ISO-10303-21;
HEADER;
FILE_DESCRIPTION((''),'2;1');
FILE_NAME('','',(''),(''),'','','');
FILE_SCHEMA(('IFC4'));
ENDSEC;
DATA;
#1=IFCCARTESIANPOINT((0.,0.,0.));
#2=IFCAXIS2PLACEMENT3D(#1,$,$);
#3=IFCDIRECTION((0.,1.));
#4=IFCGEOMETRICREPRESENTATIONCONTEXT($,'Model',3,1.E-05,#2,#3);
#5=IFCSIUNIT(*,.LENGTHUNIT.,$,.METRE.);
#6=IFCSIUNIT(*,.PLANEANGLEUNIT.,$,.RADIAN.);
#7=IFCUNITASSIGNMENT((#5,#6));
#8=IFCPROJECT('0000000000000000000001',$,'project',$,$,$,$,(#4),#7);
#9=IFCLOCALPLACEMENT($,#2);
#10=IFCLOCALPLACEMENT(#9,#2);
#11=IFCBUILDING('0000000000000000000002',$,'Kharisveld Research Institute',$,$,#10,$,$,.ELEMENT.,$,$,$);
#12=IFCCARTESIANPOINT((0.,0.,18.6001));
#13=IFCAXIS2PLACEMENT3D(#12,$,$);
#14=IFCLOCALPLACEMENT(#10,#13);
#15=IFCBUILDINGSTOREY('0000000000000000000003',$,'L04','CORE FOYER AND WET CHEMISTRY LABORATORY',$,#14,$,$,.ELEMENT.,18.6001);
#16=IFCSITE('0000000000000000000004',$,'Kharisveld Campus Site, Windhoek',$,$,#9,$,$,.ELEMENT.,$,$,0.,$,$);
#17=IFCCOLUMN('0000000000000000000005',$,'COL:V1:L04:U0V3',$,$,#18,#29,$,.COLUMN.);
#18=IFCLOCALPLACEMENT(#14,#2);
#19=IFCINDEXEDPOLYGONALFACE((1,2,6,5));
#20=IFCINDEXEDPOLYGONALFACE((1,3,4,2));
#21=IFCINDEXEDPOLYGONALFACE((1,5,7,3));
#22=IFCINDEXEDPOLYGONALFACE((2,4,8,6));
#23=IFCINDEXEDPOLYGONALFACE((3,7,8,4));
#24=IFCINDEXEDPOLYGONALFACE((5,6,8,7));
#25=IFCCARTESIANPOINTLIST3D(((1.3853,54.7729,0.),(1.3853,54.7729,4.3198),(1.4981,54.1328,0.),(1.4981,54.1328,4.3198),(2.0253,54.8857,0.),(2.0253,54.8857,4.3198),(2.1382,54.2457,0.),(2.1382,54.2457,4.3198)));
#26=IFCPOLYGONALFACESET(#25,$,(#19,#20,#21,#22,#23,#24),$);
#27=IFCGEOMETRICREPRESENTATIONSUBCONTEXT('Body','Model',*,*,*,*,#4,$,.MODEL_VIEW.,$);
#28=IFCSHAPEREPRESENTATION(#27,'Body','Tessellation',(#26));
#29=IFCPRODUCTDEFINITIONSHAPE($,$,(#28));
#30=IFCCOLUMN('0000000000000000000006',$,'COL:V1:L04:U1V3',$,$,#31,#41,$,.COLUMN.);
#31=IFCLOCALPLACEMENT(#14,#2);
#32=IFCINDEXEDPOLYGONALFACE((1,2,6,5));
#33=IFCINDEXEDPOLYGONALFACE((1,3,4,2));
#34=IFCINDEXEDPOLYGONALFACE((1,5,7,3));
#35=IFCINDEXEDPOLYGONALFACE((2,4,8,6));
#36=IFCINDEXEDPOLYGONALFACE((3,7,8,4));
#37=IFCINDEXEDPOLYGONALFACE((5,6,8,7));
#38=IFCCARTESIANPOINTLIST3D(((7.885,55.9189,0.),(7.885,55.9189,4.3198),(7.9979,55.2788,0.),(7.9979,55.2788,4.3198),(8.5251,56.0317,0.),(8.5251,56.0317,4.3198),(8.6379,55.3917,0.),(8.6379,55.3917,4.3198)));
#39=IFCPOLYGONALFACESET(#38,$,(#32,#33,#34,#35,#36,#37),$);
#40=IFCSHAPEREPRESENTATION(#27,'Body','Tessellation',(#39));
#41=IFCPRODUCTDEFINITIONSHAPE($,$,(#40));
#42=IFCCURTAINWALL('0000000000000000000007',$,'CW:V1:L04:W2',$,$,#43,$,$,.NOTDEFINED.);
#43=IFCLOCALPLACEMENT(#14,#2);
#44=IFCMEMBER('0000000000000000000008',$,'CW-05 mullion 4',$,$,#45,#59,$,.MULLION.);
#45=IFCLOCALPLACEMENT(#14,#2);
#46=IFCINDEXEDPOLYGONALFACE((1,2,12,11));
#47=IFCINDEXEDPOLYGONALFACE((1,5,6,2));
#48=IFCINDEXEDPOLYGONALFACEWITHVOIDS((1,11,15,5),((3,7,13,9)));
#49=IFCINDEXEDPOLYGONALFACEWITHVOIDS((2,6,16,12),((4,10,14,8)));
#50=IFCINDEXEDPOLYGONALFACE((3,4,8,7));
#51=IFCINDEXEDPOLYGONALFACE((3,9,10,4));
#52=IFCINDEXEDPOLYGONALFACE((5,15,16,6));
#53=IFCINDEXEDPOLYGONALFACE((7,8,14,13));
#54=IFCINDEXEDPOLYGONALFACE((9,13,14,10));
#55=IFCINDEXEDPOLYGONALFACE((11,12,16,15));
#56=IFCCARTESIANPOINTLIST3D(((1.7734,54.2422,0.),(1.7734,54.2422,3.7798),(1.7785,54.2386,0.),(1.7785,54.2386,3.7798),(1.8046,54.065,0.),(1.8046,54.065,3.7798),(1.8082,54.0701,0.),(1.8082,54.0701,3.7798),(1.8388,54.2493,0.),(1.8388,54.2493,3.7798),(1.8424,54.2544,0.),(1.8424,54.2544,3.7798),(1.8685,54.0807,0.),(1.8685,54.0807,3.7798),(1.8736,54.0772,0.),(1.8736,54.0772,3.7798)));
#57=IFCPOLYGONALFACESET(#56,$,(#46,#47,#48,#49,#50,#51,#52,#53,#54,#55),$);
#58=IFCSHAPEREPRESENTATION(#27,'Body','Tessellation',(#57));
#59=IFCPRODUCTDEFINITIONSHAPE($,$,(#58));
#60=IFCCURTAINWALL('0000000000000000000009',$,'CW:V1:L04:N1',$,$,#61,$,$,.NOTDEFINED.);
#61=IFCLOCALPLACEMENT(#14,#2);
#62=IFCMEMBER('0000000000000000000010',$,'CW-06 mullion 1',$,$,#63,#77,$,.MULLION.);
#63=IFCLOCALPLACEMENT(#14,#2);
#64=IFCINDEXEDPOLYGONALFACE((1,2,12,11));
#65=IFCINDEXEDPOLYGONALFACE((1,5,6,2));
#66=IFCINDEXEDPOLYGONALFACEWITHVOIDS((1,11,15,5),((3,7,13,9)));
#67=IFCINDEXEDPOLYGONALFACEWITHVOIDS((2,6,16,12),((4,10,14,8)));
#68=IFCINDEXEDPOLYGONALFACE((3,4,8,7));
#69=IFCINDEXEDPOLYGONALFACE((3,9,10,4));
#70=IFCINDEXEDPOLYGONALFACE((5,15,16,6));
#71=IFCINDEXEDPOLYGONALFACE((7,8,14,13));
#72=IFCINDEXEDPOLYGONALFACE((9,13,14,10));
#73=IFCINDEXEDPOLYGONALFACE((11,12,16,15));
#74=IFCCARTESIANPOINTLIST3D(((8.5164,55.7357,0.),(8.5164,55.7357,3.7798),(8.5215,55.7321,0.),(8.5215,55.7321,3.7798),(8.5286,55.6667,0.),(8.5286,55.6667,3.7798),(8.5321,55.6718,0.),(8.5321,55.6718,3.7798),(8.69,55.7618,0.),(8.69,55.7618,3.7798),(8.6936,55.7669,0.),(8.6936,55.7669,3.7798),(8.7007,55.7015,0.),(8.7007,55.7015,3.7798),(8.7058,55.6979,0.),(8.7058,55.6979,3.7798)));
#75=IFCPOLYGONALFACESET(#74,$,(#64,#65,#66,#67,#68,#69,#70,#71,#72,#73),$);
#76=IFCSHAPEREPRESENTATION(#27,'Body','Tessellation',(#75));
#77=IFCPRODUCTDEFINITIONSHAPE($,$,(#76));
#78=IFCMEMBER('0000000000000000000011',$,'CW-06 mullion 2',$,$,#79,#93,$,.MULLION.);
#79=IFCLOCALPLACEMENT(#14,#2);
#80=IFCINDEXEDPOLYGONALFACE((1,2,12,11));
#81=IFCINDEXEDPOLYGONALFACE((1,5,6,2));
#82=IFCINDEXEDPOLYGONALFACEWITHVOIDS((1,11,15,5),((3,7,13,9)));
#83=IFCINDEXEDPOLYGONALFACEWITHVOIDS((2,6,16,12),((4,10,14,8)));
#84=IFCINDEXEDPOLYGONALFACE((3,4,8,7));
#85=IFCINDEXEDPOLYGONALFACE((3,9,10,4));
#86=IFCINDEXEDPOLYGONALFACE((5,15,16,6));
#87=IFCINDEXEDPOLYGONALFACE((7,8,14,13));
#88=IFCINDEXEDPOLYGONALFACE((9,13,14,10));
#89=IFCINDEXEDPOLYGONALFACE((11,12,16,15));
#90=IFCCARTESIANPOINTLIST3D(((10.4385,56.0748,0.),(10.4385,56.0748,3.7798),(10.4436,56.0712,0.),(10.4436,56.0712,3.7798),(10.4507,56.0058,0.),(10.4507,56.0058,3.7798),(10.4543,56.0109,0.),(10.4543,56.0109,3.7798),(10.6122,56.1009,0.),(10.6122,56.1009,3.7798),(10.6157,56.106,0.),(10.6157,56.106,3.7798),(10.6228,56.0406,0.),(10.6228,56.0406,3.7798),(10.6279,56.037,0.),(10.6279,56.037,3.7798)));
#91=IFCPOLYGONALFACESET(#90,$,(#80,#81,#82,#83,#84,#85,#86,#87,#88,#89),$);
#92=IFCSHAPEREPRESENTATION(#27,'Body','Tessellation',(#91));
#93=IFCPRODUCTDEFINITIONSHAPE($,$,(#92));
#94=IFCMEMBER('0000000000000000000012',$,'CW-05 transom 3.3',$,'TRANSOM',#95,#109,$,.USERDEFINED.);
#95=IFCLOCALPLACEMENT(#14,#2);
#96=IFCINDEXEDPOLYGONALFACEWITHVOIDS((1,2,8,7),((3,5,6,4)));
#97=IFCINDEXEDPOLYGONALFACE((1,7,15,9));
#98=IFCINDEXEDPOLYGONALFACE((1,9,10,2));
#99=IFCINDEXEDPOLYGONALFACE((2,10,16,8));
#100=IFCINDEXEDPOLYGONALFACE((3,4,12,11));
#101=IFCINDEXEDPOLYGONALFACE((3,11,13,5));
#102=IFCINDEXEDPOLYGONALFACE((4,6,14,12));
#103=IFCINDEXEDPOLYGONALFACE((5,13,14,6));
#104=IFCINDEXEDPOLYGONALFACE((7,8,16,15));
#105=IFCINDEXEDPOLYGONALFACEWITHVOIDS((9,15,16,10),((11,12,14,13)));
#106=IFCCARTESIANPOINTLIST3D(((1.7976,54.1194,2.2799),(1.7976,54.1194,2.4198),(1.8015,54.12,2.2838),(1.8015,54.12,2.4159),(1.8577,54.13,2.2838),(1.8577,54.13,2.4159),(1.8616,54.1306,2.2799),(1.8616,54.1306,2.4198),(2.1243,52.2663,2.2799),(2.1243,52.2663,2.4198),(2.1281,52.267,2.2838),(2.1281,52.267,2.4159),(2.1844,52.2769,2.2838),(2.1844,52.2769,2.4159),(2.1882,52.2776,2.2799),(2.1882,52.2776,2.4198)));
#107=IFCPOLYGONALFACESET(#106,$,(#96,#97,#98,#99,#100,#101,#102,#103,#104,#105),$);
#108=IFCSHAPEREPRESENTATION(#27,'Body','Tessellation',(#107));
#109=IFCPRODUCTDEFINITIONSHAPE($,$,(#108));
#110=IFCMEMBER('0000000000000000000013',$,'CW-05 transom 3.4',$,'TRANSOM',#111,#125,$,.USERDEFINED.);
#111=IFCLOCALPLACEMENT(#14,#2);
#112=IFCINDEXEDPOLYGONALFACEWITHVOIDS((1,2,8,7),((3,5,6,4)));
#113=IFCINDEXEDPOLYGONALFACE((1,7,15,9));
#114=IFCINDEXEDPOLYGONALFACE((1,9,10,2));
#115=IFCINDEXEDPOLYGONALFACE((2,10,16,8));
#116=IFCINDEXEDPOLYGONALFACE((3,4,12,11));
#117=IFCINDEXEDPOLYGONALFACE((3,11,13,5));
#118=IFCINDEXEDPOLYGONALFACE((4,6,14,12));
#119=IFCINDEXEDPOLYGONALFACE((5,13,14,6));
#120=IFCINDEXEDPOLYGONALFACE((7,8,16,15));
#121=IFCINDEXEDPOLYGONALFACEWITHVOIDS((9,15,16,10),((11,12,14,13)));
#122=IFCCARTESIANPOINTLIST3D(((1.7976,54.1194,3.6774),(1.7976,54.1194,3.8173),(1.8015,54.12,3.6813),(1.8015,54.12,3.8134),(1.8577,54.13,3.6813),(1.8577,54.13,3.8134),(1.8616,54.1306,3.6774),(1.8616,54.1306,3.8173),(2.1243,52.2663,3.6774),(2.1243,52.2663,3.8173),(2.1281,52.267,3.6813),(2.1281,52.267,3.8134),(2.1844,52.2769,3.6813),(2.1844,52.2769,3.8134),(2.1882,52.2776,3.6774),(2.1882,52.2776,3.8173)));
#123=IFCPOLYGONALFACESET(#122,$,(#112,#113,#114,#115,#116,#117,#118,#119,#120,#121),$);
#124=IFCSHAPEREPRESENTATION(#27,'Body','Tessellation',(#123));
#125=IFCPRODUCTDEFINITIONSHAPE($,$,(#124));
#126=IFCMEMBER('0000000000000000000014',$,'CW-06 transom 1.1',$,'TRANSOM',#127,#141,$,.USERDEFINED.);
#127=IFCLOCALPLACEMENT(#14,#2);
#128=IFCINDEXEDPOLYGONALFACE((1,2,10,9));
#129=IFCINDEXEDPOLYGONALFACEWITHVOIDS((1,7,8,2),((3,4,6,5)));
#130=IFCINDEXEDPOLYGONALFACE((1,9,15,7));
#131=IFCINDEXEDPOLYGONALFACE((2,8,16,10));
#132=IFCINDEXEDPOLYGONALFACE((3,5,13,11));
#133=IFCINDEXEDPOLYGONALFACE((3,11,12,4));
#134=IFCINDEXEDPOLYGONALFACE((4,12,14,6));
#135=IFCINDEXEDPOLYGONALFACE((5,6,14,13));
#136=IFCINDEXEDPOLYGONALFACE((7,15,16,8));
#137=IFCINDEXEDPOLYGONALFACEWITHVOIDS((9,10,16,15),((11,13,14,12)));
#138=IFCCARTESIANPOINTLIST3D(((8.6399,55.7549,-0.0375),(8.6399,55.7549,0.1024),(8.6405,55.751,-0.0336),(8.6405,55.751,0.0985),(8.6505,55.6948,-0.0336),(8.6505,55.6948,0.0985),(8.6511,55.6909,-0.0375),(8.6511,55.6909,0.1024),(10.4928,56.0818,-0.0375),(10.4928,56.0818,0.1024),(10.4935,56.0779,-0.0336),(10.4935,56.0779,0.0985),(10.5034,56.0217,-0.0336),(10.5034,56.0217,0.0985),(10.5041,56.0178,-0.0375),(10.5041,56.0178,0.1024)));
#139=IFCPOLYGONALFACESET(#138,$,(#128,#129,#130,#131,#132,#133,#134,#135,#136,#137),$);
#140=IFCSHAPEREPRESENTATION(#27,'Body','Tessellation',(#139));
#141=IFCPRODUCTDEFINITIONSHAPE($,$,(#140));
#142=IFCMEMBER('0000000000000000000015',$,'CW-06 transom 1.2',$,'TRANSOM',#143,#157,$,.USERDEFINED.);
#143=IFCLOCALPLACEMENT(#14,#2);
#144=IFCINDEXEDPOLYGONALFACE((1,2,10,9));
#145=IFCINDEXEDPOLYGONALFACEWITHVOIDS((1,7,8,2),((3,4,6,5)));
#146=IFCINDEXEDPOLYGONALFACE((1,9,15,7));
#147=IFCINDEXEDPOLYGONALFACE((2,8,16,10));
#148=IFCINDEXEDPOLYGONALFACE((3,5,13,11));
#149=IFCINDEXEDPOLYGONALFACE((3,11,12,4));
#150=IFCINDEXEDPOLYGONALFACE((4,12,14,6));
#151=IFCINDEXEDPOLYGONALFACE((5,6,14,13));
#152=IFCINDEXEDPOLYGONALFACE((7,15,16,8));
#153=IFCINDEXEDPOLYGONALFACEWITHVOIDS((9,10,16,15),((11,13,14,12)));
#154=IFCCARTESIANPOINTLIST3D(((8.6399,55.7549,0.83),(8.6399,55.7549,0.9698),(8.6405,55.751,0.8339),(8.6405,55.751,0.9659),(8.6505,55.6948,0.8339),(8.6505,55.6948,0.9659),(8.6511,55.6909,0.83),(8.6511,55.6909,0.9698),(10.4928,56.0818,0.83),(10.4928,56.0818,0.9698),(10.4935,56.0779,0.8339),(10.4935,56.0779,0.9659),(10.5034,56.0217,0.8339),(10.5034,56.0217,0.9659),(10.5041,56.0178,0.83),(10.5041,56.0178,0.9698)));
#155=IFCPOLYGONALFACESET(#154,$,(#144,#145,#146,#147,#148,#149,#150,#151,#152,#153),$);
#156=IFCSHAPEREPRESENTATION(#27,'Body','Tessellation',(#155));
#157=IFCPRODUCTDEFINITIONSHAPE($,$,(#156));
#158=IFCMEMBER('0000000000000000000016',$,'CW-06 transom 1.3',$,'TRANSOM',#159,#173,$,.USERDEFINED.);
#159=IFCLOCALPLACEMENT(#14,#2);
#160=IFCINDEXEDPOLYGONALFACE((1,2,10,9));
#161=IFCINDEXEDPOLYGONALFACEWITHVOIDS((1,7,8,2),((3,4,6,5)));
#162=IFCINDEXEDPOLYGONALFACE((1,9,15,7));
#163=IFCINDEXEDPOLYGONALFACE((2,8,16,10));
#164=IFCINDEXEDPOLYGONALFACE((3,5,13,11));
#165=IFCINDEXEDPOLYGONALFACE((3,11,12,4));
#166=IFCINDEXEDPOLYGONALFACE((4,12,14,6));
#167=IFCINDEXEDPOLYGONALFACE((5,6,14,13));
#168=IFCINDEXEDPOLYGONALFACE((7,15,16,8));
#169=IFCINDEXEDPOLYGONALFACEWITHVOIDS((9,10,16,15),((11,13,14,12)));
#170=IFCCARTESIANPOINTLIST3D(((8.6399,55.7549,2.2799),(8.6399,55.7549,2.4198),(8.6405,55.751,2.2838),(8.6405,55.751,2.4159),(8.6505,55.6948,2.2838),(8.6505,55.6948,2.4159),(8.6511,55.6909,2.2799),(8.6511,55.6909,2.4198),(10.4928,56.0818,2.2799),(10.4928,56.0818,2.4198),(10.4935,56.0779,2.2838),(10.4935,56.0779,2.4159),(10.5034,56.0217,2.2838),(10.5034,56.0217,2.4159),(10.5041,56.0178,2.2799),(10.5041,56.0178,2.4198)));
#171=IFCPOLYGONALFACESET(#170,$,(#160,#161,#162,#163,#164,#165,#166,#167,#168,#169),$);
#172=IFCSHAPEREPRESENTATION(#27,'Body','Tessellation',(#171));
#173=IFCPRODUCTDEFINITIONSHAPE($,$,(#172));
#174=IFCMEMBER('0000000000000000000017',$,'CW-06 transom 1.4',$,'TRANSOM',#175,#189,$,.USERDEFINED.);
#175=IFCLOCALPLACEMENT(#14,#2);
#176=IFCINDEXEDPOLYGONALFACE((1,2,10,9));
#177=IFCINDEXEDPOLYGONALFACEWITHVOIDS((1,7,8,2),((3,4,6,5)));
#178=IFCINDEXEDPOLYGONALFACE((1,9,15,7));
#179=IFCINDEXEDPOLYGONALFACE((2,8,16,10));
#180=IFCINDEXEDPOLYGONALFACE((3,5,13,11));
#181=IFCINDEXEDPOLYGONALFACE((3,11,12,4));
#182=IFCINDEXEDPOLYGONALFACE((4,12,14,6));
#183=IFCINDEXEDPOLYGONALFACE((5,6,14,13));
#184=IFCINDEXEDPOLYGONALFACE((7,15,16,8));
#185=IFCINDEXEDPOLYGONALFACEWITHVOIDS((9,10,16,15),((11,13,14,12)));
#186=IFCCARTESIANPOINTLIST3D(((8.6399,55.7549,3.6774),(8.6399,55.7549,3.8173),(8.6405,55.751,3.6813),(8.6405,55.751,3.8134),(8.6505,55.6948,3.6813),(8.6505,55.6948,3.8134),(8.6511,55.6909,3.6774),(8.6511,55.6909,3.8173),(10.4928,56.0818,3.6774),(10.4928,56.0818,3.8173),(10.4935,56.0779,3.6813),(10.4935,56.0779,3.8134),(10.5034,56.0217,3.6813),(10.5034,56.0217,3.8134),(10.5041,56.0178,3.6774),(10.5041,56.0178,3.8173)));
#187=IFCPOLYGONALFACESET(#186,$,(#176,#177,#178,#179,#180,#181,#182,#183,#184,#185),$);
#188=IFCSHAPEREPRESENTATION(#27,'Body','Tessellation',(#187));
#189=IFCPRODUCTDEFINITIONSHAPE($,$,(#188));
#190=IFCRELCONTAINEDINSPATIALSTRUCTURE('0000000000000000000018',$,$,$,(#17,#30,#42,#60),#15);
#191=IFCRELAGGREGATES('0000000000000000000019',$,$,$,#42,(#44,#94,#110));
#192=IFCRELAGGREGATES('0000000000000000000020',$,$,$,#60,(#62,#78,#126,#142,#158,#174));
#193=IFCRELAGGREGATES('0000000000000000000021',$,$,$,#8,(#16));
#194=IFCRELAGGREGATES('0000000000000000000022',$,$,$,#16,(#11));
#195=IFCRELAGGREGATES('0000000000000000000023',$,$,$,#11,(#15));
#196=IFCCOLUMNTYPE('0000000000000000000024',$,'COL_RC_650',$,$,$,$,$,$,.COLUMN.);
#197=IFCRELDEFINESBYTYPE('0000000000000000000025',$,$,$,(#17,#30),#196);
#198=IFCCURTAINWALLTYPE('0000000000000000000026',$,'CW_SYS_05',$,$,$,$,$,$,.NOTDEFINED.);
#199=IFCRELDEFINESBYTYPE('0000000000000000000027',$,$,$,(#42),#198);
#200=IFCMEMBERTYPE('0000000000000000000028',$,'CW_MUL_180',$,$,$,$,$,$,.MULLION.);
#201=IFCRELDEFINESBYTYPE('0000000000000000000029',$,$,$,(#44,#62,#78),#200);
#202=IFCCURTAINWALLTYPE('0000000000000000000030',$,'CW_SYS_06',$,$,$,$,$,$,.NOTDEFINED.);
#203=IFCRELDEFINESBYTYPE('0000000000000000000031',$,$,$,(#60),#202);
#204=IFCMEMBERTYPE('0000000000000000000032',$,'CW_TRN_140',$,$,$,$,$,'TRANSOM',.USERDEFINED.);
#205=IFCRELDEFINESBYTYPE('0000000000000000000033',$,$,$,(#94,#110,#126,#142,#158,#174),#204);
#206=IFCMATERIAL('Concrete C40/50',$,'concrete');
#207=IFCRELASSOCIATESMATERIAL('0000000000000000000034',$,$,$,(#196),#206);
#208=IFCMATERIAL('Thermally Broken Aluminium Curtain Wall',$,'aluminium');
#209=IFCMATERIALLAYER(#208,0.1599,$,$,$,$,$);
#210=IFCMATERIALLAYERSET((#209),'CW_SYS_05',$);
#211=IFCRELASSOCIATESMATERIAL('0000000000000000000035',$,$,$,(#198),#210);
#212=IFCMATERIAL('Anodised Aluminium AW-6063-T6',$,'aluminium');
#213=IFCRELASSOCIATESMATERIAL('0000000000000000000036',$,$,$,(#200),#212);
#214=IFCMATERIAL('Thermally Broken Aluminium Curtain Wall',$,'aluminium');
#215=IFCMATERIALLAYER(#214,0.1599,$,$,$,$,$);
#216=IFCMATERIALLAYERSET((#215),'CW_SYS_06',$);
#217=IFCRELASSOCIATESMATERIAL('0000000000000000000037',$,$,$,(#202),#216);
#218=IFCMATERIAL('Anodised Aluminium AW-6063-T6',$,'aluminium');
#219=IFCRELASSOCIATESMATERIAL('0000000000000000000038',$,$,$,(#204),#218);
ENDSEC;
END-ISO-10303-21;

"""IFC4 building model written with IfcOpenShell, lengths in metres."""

from ifc_helpers import new_model, si_unit, direction, frame, origin, origin_2d, place, context, subcontext, project, spatial, rectangle, hollow_rectangle, extrude, material, layer, layer_set, material_profile, profile_set, type_object, element, aggregate, save


model = new_model("IFC4")

# Units and contexts
model_context = context("Model", 3, precision=1e-05, world=origin(), true_north=direction((0.0, 1.0)))
body_context = subcontext(model_context, "Body", "Model", "MODEL_VIEW")
ifc_project = project(units=[si_unit("LENGTHUNIT", "METRE"), si_unit("PLANEANGLEUNIT", "RADIAN")], contexts=[model_context])

# Site, building, storey
site_placement = place(None, origin())
site = spatial("IfcSite", under=ifc_project, at=site_placement, Name="Kharisveld Campus Site, Windhoek", CompositionType="ELEMENT", RefElevation=0.0)
building_placement = place(site_placement, origin())
building = spatial("IfcBuilding", under=site, at=building_placement, Name="Kharisveld Research Institute", CompositionType="ELEMENT")
storey_placement = place(building_placement, frame((0.0, 0.0, 18.6001)))
storey = spatial("IfcBuildingStorey", under=building, at=storey_placement, Name="L04", Description="CORE FOYER AND WET CHEMISTRY LABORATORY", CompositionType="ELEMENT", Elevation=18.6001)

# Columns
ifc_material_1 = material(Name="Concrete C40/50", Category="concrete")
ifc_material_profile_1 = material_profile(ifc_material_1, rectangle(XDim=0.6499, YDim=0.6499, at=origin_2d()))
ifc_profile_set_1 = profile_set([ifc_material_profile_1], Name="Concrete C40/50")
column_type = type_object("IfcColumnType", Name="COL_RC_650", PredefinedType="COLUMN", material=ifc_profile_set_1)
for number, where, z_axis, x_axis, name in (
    (1, (1.7617, 54.5093, 0.0), (0.0, 0.0, 1.0), (0.984808, 0.173648, 0.0), "COL:V1:L04:U0V3"),
    (2, (8.2615, 55.6553, 0.0), (0.0, 0.0, 1.0), (0.984808, 0.173648, 0.0), "COL:V1:L04:U1V3"),
):
    element("IfcColumn", number, at=place(storey_placement, frame(where, z_axis=z_axis, x_axis=x_axis)), inside=storey, type_object=column_type, Name=name, PredefinedType="COLUMN", context=body_context, shape_type="SweptSolid", body=[
        extrude(rectangle(XDim=0.6499, YDim=0.6499, at=origin_2d()), origin(), (0.0, 0.0, 1.0), 4.3198),
    ])

# Curtain wall, member
ifc_material_2 = material(Name="Thermally Broken Aluminium Curtain Wall", Category="aluminium")
ifc_layer_1 = layer(ifc_material_2, 0.1599)
ifc_layer_set_1 = layer_set([ifc_layer_1], Name="CW_SYS_05")
curtain_wall_type_1 = type_object("IfcCurtainWallType", Name="CW_SYS_05", PredefinedType="NOTDEFINED", material=ifc_layer_set_1)
curtain_wall_1_placement = place(storey_placement, origin())
curtain_wall_1 = element("IfcCurtainWall", 3, at=curtain_wall_1_placement, inside=storey, type_object=curtain_wall_type_1, Name="CW:V1:L04:W2", PredefinedType="NOTDEFINED")
ifc_material_3 = material(Name="Anodised Aluminium AW-6063-T6", Category="aluminium")
ifc_material_profile_2 = material_profile(ifc_material_3, hollow_rectangle(XDim=0.0701, YDim=0.1799, WallThickness=0.0044, at=origin_2d()))
ifc_profile_set_2 = profile_set([ifc_material_profile_2], Name="Anodised Aluminium AW-6063-T6")
member_type_1 = type_object("IfcMemberType", Name="CW_MUL_180", PredefinedType="MULLION", material=ifc_profile_set_2)
member_1_placement = place(storey_placement, frame((1.8235, 54.1597, 0.0), z_axis=(0.0, 0.0, 1.0), x_axis=(-0.984808, -0.173648, 0.0)))
member_1 = element("IfcMember", 4, at=member_1_placement, type_object=member_type_1, Name="CW-05 mullion 4", PredefinedType="MULLION", context=body_context, shape_type="SweptSolid", body=[
    extrude(hollow_rectangle(XDim=0.0701, YDim=0.1799, WallThickness=0.0044, at=origin_2d()), origin(), (0.0, 0.0, 1.0), 3.7798),
])

# Curtain wall, members
ifc_material_4 = material(Name="Thermally Broken Aluminium Curtain Wall", Category="aluminium")
ifc_layer_2 = layer(ifc_material_4, 0.1599)
ifc_layer_set_2 = layer_set([ifc_layer_2], Name="CW_SYS_06")
curtain_wall_type_2 = type_object("IfcCurtainWallType", Name="CW_SYS_06", PredefinedType="NOTDEFINED", material=ifc_layer_set_2)
curtain_wall_2_placement = place(storey_placement, origin())
curtain_wall_2 = element("IfcCurtainWall", 5, at=curtain_wall_2_placement, inside=storey, type_object=curtain_wall_type_2, Name="CW:V1:L04:N1", PredefinedType="NOTDEFINED")
member_2_placement = place(storey_placement, frame((8.6111, 55.7168, 0.0), z_axis=(0.0, 0.0, 1.0), x_axis=(-0.173648, 0.984808, 0.0)))
member_2 = element("IfcMember", 6, at=member_2_placement, type_object=member_type_1, Name="CW-06 mullion 1", PredefinedType="MULLION", context=body_context, shape_type="SweptSolid", body=[
    extrude(hollow_rectangle(XDim=0.0701, YDim=0.1799, WallThickness=0.0044, at=origin_2d()), origin(), (0.0, 0.0, 1.0), 3.7798),
])
member_3_placement = place(storey_placement, frame((10.5332, 56.0559, 0.0), z_axis=(0.0, 0.0, 1.0), x_axis=(-0.173648, 0.984808, 0.0)))
member_3 = element("IfcMember", 7, at=member_3_placement, type_object=member_type_1, Name="CW-06 mullion 2", PredefinedType="MULLION", context=body_context, shape_type="SweptSolid", body=[
    extrude(hollow_rectangle(XDim=0.0701, YDim=0.1799, WallThickness=0.0044, at=origin_2d()), origin(), (0.0, 0.0, 1.0), 3.7798),
])

# Members
ifc_material_5 = material(Name="Anodised Aluminium AW-6063-T6", Category="aluminium")
ifc_material_profile_3 = material_profile(ifc_material_5, hollow_rectangle(XDim=0.0649, YDim=0.1399, WallThickness=0.0039, at=origin_2d()))
ifc_profile_set_3 = profile_set([ifc_material_profile_3], Name="Anodised Aluminium AW-6063-T6")
member_type_2 = type_object("IfcMemberType", Name="CW_TRN_140", ElementType="TRANSOM", PredefinedType="USERDEFINED", material=ifc_profile_set_3)
member_4_placement = place(storey_placement, frame((2.1562, 52.272, 2.3499), z_axis=(-0.173608, 0.984815, 0.0), x_axis=(-0.984815, -0.173608, 0.0)))
member_4 = element("IfcMember", 8, at=member_4_placement, type_object=member_type_2, Name="CW-05 transom 3.3", ObjectType="TRANSOM", PredefinedType="USERDEFINED", context=body_context, shape_type="SweptSolid", body=[
    extrude(hollow_rectangle(XDim=0.0649, YDim=0.1399, WallThickness=0.0039, at=origin_2d()), origin(), (0.0, 0.0, 1.0), 1.8816),
])
member_5_placement = place(storey_placement, frame((2.1562, 52.272, 3.7473), z_axis=(-0.173608, 0.984815, 0.0), x_axis=(-0.984815, -0.173608, 0.0)))
member_5 = element("IfcMember", 9, at=member_5_placement, type_object=member_type_2, Name="CW-05 transom 3.4", ObjectType="TRANSOM", PredefinedType="USERDEFINED", context=body_context, shape_type="SweptSolid", body=[
    extrude(hollow_rectangle(XDim=0.0649, YDim=0.1399, WallThickness=0.0039, at=origin_2d()), origin(), (0.0, 0.0, 1.0), 1.8816),
])
member_6_placement = place(storey_placement, frame((8.6455, 55.7229, 0.0325), z_axis=(0.984793, 0.173734, 0.0), x_axis=(-0.173734, 0.984793, 0.0)))
member_6 = element("IfcMember", 10, at=member_6_placement, type_object=member_type_2, Name="CW-06 transom 1.1", ObjectType="TRANSOM", PredefinedType="USERDEFINED", context=body_context, shape_type="SweptSolid", body=[
    extrude(hollow_rectangle(XDim=0.0649, YDim=0.1399, WallThickness=0.0039, at=origin_2d()), origin(), (0.0, 0.0, 1.0), 1.8816),
])
member_7_placement = place(storey_placement, frame((8.6455, 55.7229, 0.8999), z_axis=(0.984793, 0.173734, 0.0), x_axis=(-0.173734, 0.984793, 0.0)))
member_7 = element("IfcMember", 11, at=member_7_placement, type_object=member_type_2, Name="CW-06 transom 1.2", ObjectType="TRANSOM", PredefinedType="USERDEFINED", context=body_context, shape_type="SweptSolid", body=[
    extrude(hollow_rectangle(XDim=0.0649, YDim=0.1399, WallThickness=0.0039, at=origin_2d()), origin(), (0.0, 0.0, 1.0), 1.8816),
])
member_8_placement = place(storey_placement, frame((8.6455, 55.7229, 2.3499), z_axis=(0.984793, 0.173734, 0.0), x_axis=(-0.173734, 0.984793, 0.0)))
member_8 = element("IfcMember", 12, at=member_8_placement, type_object=member_type_2, Name="CW-06 transom 1.3", ObjectType="TRANSOM", PredefinedType="USERDEFINED", context=body_context, shape_type="SweptSolid", body=[
    extrude(hollow_rectangle(XDim=0.0649, YDim=0.1399, WallThickness=0.0039, at=origin_2d()), origin(), (0.0, 0.0, 1.0), 1.8816),
])
member_9_placement = place(storey_placement, frame((8.6455, 55.7229, 3.7473), z_axis=(0.984793, 0.173734, 0.0), x_axis=(-0.173734, 0.984793, 0.0)))
member_9 = element("IfcMember", 13, at=member_9_placement, type_object=member_type_2, Name="CW-06 transom 1.4", ObjectType="TRANSOM", PredefinedType="USERDEFINED", context=body_context, shape_type="SweptSolid", body=[
    extrude(hollow_rectangle(XDim=0.0649, YDim=0.1399, WallThickness=0.0039, at=origin_2d()), origin(), (0.0, 0.0, 1.0), 1.8816),
])

aggregate(curtain_wall_1, [member_1, member_4, member_5])
aggregate(curtain_wall_2, [member_2, member_3, member_6, member_7, member_8, member_9])

save(model, "model.ifc")
